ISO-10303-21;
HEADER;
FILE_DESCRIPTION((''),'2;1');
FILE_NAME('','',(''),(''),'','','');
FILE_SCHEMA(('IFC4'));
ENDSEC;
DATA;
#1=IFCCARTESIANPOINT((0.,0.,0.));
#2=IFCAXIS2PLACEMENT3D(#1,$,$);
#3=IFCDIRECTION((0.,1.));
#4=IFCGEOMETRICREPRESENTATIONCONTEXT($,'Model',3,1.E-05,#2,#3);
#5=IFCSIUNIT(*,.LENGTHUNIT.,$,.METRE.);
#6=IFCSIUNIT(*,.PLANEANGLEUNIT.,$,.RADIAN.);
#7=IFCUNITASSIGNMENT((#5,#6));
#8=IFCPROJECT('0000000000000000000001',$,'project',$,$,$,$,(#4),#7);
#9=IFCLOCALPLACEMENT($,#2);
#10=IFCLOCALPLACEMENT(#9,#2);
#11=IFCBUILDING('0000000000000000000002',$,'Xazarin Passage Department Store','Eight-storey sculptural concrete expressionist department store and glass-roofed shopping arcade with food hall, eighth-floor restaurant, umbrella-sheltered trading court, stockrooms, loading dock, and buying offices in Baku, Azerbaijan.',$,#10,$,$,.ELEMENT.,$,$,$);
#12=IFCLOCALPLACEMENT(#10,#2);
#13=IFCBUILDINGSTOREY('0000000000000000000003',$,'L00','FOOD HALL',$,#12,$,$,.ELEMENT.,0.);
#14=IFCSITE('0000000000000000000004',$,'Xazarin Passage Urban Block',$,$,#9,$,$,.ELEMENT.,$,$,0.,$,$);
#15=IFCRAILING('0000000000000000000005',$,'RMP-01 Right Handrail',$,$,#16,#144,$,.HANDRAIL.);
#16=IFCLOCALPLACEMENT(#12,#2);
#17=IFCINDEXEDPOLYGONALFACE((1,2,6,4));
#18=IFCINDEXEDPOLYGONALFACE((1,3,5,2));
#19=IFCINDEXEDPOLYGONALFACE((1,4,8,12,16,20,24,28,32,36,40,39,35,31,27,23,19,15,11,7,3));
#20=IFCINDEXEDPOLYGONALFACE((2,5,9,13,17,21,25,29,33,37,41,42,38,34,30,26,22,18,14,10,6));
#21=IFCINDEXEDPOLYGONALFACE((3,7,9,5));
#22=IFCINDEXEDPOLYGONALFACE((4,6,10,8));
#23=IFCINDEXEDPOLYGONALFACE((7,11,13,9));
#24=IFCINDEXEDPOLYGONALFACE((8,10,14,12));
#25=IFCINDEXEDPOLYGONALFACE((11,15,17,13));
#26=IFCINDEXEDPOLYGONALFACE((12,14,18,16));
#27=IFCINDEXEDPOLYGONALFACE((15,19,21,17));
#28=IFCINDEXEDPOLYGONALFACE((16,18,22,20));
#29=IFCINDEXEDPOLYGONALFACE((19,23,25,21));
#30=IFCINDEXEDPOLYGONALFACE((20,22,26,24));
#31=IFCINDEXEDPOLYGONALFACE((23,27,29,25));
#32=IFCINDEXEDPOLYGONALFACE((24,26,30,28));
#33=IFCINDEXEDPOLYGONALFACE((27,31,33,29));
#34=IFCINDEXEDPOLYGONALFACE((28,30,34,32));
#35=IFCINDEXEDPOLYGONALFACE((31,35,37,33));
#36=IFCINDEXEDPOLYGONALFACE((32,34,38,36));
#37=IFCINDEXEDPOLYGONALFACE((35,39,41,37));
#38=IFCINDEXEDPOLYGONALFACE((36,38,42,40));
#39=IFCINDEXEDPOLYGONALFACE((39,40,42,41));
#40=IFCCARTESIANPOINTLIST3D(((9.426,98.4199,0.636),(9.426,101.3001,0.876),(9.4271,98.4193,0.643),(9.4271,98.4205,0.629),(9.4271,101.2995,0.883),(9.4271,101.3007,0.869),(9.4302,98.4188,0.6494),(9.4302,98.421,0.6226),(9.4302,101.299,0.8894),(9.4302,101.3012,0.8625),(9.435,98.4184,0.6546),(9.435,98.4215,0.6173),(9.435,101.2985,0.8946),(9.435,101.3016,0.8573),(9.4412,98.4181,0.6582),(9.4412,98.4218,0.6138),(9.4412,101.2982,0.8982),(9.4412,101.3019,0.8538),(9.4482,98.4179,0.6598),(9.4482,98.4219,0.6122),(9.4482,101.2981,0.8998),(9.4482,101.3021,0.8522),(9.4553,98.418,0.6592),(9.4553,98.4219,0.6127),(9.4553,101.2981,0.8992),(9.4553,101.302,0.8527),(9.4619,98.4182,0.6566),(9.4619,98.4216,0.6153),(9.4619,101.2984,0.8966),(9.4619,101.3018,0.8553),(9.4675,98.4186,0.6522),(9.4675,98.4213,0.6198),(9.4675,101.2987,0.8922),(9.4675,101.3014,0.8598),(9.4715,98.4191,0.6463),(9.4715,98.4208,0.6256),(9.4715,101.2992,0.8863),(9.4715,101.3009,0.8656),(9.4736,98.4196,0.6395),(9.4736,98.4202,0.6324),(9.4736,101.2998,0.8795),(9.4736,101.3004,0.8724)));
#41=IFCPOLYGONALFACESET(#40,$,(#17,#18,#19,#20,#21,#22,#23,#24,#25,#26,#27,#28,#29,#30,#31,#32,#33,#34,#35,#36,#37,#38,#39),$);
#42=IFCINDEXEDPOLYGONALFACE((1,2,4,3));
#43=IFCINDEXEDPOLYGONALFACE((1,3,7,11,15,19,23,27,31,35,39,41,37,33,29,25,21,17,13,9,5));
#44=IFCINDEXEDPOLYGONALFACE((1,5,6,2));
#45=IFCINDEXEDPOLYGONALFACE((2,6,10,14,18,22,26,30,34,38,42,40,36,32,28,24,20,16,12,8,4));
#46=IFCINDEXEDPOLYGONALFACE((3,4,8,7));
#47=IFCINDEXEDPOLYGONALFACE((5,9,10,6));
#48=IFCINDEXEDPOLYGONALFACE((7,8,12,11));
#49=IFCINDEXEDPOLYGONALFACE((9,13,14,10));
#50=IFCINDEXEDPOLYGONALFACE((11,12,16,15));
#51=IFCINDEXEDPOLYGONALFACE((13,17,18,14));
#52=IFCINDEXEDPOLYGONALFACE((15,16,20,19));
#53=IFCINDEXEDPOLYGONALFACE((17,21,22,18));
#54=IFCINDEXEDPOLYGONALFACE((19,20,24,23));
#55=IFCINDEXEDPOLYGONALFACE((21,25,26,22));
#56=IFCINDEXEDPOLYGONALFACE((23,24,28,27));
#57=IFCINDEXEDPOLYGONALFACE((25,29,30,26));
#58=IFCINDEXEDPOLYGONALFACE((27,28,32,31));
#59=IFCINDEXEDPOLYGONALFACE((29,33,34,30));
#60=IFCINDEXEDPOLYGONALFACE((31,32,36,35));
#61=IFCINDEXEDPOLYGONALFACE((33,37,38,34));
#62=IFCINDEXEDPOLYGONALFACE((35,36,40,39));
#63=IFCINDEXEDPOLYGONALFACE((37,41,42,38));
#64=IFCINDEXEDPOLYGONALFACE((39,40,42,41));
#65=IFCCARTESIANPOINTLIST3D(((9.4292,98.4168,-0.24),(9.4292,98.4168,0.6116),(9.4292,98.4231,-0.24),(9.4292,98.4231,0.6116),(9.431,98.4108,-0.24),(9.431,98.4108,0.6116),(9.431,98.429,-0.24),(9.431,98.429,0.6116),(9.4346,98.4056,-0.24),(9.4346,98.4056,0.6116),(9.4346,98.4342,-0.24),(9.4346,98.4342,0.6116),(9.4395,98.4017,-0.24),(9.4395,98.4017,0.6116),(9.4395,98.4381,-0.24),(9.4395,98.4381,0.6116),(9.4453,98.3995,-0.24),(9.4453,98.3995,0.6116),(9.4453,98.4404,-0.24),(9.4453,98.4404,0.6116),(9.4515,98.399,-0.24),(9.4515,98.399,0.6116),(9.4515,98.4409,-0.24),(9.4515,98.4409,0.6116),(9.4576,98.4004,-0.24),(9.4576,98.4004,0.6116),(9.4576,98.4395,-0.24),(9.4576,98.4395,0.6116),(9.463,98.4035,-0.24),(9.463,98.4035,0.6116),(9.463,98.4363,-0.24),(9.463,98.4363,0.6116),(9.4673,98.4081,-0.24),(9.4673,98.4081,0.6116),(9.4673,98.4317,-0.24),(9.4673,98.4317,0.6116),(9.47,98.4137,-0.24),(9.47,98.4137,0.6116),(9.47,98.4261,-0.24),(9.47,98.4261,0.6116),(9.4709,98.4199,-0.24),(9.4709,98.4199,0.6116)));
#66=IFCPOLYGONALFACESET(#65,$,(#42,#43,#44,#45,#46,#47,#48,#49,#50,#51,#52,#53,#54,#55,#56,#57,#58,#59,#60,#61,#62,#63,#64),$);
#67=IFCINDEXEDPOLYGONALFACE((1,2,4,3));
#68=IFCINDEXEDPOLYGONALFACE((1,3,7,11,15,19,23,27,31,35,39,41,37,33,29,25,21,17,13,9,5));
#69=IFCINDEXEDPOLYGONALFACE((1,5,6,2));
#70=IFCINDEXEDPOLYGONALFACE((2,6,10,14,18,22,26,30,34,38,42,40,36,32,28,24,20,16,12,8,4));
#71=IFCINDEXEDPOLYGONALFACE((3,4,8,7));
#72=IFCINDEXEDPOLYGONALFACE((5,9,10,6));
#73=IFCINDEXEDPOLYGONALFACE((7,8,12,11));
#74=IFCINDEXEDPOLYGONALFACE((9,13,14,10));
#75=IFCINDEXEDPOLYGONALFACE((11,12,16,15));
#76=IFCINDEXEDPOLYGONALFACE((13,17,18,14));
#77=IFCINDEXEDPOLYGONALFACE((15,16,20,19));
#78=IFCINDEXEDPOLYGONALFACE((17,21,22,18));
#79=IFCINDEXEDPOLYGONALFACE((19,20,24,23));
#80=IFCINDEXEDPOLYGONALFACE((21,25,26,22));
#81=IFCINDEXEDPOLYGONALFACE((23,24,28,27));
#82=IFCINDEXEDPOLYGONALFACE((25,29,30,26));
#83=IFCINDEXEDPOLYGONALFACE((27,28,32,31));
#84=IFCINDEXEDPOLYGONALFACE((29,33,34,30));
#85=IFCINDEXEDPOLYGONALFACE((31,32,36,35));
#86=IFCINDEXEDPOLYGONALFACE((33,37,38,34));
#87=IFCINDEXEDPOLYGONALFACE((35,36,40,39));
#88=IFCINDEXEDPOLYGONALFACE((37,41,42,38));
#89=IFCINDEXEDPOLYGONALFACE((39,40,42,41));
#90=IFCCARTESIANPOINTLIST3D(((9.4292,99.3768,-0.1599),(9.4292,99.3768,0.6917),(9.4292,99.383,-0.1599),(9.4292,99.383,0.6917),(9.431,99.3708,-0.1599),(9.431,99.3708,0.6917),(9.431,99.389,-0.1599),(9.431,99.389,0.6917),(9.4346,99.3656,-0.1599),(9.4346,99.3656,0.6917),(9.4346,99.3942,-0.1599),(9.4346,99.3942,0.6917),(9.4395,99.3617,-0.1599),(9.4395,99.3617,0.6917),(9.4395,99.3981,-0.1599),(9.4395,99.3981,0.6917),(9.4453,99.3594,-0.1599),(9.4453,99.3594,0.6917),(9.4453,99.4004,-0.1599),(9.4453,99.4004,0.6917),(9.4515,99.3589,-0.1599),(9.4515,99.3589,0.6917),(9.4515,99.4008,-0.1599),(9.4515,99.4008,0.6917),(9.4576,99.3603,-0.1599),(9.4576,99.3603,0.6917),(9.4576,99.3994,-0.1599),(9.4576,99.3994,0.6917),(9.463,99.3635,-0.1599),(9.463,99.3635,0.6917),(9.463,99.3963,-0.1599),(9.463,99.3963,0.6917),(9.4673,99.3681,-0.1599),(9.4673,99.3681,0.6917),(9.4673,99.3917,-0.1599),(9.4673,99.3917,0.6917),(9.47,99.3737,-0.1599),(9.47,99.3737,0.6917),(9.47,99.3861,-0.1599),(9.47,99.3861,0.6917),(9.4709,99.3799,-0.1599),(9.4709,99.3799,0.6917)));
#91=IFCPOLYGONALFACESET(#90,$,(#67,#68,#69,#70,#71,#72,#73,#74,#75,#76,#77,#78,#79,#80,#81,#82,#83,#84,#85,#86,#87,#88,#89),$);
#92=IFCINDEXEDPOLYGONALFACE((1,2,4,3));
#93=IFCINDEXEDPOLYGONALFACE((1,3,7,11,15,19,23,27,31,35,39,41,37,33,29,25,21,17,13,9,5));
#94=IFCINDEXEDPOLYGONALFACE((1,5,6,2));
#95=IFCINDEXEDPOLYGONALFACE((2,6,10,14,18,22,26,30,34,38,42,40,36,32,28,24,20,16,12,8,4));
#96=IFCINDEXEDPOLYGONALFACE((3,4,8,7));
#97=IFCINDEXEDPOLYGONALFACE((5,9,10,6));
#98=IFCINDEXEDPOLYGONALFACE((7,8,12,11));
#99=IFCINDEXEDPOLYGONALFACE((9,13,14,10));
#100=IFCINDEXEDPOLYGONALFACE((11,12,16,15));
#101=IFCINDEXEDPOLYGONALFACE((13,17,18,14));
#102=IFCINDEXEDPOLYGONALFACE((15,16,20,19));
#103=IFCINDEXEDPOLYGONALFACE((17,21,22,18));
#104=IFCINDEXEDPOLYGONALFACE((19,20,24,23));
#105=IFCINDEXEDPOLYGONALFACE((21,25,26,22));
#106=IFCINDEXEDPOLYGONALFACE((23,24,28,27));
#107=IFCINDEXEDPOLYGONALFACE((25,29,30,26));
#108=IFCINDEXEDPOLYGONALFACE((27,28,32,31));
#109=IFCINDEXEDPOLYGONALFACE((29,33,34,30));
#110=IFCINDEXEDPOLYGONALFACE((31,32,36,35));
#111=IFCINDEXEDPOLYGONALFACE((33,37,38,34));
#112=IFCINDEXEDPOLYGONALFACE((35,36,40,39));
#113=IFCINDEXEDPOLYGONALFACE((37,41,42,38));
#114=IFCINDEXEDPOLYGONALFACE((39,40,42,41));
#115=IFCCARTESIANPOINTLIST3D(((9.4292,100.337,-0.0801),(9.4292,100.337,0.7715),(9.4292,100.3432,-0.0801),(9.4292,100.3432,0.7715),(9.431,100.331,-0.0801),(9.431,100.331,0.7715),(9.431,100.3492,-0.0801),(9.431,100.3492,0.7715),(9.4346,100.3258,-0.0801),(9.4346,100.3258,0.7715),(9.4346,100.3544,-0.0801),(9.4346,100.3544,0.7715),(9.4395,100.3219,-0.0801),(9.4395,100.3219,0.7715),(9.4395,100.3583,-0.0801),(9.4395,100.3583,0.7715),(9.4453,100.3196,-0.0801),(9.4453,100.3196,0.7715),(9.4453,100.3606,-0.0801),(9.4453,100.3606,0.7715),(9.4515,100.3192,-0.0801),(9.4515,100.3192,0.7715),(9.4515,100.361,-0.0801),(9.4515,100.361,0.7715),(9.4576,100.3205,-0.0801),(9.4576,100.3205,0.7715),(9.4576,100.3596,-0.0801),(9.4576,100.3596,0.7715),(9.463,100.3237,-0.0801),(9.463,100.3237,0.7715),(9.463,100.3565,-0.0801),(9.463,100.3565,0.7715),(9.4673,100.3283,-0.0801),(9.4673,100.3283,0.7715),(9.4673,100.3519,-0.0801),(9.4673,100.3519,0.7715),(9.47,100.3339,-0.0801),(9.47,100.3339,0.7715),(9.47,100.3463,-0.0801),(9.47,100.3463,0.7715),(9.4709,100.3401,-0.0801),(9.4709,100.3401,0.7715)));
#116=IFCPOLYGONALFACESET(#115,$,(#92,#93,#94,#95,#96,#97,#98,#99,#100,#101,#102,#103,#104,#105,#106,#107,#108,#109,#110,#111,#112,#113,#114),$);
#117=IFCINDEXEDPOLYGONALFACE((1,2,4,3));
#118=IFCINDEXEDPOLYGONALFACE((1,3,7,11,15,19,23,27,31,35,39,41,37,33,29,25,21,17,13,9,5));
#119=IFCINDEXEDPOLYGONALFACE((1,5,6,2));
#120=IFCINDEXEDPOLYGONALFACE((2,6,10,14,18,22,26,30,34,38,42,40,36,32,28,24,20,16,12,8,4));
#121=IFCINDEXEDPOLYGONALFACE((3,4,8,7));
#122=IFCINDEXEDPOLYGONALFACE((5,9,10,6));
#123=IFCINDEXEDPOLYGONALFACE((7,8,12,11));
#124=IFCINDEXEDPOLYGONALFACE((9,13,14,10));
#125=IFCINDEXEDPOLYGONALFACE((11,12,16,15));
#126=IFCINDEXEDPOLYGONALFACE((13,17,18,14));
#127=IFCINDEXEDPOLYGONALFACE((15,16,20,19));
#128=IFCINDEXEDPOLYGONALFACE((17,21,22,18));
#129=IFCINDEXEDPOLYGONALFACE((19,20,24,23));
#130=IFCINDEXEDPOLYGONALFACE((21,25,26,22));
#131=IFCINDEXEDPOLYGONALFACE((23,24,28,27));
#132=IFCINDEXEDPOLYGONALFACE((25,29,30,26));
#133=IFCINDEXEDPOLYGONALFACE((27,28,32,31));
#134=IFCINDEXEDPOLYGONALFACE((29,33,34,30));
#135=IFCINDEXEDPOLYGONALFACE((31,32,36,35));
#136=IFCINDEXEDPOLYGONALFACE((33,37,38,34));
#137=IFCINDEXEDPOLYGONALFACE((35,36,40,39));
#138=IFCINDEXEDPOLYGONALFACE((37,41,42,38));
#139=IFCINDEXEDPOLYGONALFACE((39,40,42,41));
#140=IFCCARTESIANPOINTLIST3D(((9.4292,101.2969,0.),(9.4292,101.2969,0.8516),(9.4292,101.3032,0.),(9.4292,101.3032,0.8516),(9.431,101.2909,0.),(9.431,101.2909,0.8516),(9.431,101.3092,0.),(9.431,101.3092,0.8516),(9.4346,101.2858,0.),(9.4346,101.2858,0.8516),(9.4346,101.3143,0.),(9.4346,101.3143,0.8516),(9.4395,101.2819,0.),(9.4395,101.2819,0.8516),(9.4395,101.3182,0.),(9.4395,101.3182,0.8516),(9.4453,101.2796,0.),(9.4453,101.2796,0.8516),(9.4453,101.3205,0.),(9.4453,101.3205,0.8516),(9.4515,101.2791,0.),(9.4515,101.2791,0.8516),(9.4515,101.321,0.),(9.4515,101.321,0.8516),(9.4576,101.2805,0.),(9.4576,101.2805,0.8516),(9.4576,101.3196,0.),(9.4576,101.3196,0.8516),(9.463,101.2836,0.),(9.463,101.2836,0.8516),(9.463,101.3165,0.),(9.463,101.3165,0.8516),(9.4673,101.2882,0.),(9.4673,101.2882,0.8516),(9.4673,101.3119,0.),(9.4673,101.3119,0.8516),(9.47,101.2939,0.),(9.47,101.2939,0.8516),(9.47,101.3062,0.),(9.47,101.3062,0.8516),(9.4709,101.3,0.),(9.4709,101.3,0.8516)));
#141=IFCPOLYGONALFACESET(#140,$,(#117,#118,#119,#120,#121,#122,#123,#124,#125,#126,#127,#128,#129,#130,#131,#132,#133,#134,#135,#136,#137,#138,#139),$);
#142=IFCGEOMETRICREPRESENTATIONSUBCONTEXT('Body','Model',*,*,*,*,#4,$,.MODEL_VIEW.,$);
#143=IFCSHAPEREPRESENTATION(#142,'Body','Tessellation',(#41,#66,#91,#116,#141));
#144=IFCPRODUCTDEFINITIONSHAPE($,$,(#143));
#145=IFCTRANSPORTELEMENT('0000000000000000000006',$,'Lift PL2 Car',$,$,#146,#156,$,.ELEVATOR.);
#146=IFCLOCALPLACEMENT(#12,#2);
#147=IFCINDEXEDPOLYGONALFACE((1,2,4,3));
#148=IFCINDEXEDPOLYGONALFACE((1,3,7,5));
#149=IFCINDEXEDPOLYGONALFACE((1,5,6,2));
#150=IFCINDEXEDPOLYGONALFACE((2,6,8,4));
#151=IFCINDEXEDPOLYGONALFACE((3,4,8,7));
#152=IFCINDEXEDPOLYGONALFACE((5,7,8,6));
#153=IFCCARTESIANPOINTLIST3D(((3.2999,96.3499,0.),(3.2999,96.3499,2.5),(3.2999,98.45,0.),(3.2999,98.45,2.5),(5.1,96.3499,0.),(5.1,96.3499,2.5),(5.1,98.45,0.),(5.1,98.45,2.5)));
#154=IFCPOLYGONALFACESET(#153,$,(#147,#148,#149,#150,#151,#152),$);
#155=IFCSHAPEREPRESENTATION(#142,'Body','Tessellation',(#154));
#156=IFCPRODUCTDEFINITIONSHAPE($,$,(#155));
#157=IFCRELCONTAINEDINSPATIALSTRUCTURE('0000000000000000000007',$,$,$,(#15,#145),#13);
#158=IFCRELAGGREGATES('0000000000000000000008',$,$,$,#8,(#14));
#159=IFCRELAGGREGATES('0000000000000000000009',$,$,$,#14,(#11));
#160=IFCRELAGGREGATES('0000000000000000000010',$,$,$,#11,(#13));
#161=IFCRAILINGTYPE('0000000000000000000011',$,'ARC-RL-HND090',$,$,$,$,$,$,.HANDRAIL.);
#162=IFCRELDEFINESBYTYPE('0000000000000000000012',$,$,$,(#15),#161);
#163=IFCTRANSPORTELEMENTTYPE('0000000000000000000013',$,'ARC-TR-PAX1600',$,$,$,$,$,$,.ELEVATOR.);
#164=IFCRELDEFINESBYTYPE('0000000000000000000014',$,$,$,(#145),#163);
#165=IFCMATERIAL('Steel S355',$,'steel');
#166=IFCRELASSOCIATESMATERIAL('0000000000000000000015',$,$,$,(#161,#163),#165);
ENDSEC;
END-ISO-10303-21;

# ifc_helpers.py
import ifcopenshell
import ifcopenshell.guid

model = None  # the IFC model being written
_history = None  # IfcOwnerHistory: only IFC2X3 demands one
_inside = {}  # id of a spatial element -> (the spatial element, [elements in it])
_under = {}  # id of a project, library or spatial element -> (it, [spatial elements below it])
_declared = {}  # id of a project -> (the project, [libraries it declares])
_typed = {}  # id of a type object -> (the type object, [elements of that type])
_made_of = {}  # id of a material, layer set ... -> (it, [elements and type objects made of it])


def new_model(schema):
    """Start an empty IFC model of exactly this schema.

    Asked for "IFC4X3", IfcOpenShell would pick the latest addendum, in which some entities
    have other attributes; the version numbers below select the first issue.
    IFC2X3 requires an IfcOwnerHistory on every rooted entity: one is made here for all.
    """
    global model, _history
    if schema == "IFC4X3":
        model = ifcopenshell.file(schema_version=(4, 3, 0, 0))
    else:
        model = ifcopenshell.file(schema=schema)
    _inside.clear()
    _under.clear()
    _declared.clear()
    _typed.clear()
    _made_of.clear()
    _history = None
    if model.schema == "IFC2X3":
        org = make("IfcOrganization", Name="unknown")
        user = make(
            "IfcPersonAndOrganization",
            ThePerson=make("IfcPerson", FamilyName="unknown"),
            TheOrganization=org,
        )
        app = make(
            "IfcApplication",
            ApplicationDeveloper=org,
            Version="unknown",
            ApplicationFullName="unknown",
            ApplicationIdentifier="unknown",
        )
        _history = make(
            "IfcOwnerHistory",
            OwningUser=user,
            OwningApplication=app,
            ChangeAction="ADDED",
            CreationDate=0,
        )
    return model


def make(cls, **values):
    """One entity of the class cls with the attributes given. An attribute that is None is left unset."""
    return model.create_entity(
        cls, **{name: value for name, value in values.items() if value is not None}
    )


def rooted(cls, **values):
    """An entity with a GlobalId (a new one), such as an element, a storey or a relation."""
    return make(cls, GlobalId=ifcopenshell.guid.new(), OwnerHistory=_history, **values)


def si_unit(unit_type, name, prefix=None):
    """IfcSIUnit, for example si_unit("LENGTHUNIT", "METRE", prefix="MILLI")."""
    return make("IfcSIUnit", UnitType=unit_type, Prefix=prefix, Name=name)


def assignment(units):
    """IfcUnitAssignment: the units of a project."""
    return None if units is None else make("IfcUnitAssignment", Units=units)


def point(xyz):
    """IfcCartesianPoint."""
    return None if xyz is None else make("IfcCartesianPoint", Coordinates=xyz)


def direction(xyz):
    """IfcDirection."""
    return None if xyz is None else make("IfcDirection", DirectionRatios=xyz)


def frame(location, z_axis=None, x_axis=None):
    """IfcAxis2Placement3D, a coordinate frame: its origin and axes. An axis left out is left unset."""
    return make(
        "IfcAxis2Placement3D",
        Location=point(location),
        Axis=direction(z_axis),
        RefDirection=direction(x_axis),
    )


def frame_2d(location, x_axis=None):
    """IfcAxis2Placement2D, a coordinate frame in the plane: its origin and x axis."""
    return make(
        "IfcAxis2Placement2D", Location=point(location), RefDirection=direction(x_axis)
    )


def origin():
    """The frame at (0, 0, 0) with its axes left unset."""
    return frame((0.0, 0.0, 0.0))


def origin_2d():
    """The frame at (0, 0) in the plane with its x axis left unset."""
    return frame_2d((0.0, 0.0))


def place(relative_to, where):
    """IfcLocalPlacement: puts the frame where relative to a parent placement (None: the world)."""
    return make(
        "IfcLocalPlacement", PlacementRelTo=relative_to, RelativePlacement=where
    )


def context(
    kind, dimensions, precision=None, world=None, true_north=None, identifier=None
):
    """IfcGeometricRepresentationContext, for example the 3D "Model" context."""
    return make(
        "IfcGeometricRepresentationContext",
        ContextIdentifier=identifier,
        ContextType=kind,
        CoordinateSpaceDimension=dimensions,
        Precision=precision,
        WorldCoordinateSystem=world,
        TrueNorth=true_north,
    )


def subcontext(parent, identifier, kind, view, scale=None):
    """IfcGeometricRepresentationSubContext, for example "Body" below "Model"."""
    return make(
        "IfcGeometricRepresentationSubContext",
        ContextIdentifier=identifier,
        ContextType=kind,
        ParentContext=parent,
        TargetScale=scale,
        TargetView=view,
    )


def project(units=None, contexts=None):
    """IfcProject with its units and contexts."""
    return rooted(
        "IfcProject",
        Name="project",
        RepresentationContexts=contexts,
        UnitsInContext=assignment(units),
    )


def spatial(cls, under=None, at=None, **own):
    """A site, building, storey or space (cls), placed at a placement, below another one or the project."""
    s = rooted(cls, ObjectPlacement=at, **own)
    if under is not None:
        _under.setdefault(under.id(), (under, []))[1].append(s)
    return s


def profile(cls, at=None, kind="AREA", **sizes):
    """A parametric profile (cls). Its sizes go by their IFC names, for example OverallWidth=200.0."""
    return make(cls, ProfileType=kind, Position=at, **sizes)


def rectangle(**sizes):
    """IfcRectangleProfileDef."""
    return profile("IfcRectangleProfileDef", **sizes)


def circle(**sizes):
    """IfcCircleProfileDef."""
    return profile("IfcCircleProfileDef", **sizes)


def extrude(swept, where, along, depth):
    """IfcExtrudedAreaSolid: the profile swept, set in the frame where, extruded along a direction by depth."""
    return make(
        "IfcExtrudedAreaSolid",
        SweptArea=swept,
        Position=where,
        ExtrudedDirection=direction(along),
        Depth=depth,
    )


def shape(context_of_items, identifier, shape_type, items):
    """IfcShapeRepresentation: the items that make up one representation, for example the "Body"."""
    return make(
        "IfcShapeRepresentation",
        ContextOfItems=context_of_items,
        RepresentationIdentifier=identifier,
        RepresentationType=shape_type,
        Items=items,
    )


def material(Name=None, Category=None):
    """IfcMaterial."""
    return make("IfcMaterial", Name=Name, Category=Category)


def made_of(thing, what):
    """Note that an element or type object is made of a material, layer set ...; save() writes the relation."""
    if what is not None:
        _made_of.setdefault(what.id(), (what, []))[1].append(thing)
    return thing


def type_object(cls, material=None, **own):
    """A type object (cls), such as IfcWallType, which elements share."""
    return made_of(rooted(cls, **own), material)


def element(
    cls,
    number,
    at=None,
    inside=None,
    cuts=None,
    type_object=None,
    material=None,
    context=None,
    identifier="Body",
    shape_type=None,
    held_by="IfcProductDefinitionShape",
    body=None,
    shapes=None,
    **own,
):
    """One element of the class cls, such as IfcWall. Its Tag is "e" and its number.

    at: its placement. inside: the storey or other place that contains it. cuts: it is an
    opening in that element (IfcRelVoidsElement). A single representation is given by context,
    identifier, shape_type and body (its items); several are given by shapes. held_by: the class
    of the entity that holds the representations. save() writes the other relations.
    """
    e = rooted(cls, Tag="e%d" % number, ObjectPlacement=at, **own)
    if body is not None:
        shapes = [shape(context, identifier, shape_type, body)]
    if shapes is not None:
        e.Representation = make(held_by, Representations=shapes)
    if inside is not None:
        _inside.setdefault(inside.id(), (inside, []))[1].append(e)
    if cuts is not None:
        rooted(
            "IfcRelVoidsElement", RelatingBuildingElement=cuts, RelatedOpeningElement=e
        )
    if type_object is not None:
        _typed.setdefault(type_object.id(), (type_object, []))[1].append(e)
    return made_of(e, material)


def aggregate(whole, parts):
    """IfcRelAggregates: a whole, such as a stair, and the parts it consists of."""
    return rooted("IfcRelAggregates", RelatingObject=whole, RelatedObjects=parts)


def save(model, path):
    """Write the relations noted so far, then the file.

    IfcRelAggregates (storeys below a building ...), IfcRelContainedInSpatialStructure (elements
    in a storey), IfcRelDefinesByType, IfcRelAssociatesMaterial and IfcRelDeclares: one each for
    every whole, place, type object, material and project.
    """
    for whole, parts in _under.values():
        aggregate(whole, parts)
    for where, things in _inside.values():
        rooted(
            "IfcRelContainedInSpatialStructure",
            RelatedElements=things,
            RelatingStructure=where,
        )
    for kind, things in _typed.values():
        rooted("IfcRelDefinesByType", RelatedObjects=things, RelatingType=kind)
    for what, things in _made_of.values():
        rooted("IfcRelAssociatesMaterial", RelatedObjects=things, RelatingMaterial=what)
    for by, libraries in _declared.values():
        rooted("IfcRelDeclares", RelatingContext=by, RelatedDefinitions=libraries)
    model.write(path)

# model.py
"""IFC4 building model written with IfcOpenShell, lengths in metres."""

from ifc_helpers import new_model, si_unit, direction, frame, origin, origin_2d, place, context, subcontext, project, spatial, rectangle, circle, extrude, material, type_object, element, save


model = new_model("IFC4")

# Units and contexts
model_context = context("Model", 3, precision=1e-05, world=origin(), true_north=direction((0.0, 1.0)))
body_context = subcontext(model_context, "Body", "Model", "MODEL_VIEW")
ifc_project = project(units=[si_unit("LENGTHUNIT", "METRE"), si_unit("PLANEANGLEUNIT", "RADIAN")], contexts=[model_context])

# Site, building, storey
site_placement = place(None, origin())
site = spatial("IfcSite", under=ifc_project, at=site_placement, Name="Xazarin Passage Urban Block", CompositionType="ELEMENT", RefElevation=0.0)
building_placement = place(site_placement, origin())
building = spatial("IfcBuilding", under=site, at=building_placement, Name="Xazarin Passage Department Store", Description="Eight-storey sculptural concrete expressionist department store and glass-roofed shopping arcade with food hall, eighth-floor restaurant, umbrella-sheltered trading court, stockrooms, loading dock, and buying offices in Baku, Azerbaijan.", CompositionType="ELEMENT")
storey_placement = place(building_placement, origin())
storey = spatial("IfcBuildingStorey", under=building, at=storey_placement, Name="L00", Description="FOOD HALL", CompositionType="ELEMENT", Elevation=0.0)

# Shared definitions
ifc_material_1 = material(Name="Steel S355", Category="steel")

# Railing
railing_type = type_object("IfcRailingType", Name="ARC-RL-HND090", PredefinedType="HANDRAIL", material=ifc_material_1)
for number, where, name in (
    (1, (9.45, 98.4199, -0.24), "RMP-01 Right Handrail"),
):
    element("IfcRailing", number, at=place(storey_placement, frame(where)), inside=storey, type_object=railing_type, Name=name, PredefinedType="HANDRAIL", context=body_context, shape_type="SweptSolid", body=[
        extrude(circle(Radius=0.0239, at=origin_2d()), frame((0.0, 0.0, 0.876), z_axis=(0.0, 0.996546, 0.083038), x_axis=(-1.0, 0.0, 0.0)), (0.0, 0.0, 1.0), 2.8901),
        extrude(circle(Radius=0.021, at=origin_2d()), origin(), (0.0, 0.0, 1.0), 0.8516),
        extrude(circle(Radius=0.021, at=origin_2d()), frame((0.0, 0.96, 0.0801)), (0.0, 0.0, 1.0), 0.8516),
        extrude(circle(Radius=0.021, at=origin_2d()), frame((0.0, 1.9202, 0.1599)), (0.0, 0.0, 1.0), 0.8516),
        extrude(circle(Radius=0.021, at=origin_2d()), frame((0.0, 2.8801, 0.24)), (0.0, 0.0, 1.0), 0.8516),
    ])

# Transport element
transport_element_type = type_object("IfcTransportElementType", Name="ARC-TR-PAX1600", PredefinedType="ELEVATOR", material=ifc_material_1)
transport_element_placement = place(storey_placement, frame((4.2, 97.3999, 0.0), z_axis=(0.0, 0.0, 1.0), x_axis=(1.0, 0.0, 0.0)))
element("IfcTransportElement", 2, at=transport_element_placement, inside=storey, type_object=transport_element_type, Name="Lift PL2 Car", PredefinedType="ELEVATOR", context=body_context, shape_type="SweptSolid", body=[
    extrude(rectangle(XDim=1.8, YDim=2.1001, at=origin_2d()), origin(), (0.0, 0.0, 1.0), 2.5),
])

save(model, "model.ifc")
